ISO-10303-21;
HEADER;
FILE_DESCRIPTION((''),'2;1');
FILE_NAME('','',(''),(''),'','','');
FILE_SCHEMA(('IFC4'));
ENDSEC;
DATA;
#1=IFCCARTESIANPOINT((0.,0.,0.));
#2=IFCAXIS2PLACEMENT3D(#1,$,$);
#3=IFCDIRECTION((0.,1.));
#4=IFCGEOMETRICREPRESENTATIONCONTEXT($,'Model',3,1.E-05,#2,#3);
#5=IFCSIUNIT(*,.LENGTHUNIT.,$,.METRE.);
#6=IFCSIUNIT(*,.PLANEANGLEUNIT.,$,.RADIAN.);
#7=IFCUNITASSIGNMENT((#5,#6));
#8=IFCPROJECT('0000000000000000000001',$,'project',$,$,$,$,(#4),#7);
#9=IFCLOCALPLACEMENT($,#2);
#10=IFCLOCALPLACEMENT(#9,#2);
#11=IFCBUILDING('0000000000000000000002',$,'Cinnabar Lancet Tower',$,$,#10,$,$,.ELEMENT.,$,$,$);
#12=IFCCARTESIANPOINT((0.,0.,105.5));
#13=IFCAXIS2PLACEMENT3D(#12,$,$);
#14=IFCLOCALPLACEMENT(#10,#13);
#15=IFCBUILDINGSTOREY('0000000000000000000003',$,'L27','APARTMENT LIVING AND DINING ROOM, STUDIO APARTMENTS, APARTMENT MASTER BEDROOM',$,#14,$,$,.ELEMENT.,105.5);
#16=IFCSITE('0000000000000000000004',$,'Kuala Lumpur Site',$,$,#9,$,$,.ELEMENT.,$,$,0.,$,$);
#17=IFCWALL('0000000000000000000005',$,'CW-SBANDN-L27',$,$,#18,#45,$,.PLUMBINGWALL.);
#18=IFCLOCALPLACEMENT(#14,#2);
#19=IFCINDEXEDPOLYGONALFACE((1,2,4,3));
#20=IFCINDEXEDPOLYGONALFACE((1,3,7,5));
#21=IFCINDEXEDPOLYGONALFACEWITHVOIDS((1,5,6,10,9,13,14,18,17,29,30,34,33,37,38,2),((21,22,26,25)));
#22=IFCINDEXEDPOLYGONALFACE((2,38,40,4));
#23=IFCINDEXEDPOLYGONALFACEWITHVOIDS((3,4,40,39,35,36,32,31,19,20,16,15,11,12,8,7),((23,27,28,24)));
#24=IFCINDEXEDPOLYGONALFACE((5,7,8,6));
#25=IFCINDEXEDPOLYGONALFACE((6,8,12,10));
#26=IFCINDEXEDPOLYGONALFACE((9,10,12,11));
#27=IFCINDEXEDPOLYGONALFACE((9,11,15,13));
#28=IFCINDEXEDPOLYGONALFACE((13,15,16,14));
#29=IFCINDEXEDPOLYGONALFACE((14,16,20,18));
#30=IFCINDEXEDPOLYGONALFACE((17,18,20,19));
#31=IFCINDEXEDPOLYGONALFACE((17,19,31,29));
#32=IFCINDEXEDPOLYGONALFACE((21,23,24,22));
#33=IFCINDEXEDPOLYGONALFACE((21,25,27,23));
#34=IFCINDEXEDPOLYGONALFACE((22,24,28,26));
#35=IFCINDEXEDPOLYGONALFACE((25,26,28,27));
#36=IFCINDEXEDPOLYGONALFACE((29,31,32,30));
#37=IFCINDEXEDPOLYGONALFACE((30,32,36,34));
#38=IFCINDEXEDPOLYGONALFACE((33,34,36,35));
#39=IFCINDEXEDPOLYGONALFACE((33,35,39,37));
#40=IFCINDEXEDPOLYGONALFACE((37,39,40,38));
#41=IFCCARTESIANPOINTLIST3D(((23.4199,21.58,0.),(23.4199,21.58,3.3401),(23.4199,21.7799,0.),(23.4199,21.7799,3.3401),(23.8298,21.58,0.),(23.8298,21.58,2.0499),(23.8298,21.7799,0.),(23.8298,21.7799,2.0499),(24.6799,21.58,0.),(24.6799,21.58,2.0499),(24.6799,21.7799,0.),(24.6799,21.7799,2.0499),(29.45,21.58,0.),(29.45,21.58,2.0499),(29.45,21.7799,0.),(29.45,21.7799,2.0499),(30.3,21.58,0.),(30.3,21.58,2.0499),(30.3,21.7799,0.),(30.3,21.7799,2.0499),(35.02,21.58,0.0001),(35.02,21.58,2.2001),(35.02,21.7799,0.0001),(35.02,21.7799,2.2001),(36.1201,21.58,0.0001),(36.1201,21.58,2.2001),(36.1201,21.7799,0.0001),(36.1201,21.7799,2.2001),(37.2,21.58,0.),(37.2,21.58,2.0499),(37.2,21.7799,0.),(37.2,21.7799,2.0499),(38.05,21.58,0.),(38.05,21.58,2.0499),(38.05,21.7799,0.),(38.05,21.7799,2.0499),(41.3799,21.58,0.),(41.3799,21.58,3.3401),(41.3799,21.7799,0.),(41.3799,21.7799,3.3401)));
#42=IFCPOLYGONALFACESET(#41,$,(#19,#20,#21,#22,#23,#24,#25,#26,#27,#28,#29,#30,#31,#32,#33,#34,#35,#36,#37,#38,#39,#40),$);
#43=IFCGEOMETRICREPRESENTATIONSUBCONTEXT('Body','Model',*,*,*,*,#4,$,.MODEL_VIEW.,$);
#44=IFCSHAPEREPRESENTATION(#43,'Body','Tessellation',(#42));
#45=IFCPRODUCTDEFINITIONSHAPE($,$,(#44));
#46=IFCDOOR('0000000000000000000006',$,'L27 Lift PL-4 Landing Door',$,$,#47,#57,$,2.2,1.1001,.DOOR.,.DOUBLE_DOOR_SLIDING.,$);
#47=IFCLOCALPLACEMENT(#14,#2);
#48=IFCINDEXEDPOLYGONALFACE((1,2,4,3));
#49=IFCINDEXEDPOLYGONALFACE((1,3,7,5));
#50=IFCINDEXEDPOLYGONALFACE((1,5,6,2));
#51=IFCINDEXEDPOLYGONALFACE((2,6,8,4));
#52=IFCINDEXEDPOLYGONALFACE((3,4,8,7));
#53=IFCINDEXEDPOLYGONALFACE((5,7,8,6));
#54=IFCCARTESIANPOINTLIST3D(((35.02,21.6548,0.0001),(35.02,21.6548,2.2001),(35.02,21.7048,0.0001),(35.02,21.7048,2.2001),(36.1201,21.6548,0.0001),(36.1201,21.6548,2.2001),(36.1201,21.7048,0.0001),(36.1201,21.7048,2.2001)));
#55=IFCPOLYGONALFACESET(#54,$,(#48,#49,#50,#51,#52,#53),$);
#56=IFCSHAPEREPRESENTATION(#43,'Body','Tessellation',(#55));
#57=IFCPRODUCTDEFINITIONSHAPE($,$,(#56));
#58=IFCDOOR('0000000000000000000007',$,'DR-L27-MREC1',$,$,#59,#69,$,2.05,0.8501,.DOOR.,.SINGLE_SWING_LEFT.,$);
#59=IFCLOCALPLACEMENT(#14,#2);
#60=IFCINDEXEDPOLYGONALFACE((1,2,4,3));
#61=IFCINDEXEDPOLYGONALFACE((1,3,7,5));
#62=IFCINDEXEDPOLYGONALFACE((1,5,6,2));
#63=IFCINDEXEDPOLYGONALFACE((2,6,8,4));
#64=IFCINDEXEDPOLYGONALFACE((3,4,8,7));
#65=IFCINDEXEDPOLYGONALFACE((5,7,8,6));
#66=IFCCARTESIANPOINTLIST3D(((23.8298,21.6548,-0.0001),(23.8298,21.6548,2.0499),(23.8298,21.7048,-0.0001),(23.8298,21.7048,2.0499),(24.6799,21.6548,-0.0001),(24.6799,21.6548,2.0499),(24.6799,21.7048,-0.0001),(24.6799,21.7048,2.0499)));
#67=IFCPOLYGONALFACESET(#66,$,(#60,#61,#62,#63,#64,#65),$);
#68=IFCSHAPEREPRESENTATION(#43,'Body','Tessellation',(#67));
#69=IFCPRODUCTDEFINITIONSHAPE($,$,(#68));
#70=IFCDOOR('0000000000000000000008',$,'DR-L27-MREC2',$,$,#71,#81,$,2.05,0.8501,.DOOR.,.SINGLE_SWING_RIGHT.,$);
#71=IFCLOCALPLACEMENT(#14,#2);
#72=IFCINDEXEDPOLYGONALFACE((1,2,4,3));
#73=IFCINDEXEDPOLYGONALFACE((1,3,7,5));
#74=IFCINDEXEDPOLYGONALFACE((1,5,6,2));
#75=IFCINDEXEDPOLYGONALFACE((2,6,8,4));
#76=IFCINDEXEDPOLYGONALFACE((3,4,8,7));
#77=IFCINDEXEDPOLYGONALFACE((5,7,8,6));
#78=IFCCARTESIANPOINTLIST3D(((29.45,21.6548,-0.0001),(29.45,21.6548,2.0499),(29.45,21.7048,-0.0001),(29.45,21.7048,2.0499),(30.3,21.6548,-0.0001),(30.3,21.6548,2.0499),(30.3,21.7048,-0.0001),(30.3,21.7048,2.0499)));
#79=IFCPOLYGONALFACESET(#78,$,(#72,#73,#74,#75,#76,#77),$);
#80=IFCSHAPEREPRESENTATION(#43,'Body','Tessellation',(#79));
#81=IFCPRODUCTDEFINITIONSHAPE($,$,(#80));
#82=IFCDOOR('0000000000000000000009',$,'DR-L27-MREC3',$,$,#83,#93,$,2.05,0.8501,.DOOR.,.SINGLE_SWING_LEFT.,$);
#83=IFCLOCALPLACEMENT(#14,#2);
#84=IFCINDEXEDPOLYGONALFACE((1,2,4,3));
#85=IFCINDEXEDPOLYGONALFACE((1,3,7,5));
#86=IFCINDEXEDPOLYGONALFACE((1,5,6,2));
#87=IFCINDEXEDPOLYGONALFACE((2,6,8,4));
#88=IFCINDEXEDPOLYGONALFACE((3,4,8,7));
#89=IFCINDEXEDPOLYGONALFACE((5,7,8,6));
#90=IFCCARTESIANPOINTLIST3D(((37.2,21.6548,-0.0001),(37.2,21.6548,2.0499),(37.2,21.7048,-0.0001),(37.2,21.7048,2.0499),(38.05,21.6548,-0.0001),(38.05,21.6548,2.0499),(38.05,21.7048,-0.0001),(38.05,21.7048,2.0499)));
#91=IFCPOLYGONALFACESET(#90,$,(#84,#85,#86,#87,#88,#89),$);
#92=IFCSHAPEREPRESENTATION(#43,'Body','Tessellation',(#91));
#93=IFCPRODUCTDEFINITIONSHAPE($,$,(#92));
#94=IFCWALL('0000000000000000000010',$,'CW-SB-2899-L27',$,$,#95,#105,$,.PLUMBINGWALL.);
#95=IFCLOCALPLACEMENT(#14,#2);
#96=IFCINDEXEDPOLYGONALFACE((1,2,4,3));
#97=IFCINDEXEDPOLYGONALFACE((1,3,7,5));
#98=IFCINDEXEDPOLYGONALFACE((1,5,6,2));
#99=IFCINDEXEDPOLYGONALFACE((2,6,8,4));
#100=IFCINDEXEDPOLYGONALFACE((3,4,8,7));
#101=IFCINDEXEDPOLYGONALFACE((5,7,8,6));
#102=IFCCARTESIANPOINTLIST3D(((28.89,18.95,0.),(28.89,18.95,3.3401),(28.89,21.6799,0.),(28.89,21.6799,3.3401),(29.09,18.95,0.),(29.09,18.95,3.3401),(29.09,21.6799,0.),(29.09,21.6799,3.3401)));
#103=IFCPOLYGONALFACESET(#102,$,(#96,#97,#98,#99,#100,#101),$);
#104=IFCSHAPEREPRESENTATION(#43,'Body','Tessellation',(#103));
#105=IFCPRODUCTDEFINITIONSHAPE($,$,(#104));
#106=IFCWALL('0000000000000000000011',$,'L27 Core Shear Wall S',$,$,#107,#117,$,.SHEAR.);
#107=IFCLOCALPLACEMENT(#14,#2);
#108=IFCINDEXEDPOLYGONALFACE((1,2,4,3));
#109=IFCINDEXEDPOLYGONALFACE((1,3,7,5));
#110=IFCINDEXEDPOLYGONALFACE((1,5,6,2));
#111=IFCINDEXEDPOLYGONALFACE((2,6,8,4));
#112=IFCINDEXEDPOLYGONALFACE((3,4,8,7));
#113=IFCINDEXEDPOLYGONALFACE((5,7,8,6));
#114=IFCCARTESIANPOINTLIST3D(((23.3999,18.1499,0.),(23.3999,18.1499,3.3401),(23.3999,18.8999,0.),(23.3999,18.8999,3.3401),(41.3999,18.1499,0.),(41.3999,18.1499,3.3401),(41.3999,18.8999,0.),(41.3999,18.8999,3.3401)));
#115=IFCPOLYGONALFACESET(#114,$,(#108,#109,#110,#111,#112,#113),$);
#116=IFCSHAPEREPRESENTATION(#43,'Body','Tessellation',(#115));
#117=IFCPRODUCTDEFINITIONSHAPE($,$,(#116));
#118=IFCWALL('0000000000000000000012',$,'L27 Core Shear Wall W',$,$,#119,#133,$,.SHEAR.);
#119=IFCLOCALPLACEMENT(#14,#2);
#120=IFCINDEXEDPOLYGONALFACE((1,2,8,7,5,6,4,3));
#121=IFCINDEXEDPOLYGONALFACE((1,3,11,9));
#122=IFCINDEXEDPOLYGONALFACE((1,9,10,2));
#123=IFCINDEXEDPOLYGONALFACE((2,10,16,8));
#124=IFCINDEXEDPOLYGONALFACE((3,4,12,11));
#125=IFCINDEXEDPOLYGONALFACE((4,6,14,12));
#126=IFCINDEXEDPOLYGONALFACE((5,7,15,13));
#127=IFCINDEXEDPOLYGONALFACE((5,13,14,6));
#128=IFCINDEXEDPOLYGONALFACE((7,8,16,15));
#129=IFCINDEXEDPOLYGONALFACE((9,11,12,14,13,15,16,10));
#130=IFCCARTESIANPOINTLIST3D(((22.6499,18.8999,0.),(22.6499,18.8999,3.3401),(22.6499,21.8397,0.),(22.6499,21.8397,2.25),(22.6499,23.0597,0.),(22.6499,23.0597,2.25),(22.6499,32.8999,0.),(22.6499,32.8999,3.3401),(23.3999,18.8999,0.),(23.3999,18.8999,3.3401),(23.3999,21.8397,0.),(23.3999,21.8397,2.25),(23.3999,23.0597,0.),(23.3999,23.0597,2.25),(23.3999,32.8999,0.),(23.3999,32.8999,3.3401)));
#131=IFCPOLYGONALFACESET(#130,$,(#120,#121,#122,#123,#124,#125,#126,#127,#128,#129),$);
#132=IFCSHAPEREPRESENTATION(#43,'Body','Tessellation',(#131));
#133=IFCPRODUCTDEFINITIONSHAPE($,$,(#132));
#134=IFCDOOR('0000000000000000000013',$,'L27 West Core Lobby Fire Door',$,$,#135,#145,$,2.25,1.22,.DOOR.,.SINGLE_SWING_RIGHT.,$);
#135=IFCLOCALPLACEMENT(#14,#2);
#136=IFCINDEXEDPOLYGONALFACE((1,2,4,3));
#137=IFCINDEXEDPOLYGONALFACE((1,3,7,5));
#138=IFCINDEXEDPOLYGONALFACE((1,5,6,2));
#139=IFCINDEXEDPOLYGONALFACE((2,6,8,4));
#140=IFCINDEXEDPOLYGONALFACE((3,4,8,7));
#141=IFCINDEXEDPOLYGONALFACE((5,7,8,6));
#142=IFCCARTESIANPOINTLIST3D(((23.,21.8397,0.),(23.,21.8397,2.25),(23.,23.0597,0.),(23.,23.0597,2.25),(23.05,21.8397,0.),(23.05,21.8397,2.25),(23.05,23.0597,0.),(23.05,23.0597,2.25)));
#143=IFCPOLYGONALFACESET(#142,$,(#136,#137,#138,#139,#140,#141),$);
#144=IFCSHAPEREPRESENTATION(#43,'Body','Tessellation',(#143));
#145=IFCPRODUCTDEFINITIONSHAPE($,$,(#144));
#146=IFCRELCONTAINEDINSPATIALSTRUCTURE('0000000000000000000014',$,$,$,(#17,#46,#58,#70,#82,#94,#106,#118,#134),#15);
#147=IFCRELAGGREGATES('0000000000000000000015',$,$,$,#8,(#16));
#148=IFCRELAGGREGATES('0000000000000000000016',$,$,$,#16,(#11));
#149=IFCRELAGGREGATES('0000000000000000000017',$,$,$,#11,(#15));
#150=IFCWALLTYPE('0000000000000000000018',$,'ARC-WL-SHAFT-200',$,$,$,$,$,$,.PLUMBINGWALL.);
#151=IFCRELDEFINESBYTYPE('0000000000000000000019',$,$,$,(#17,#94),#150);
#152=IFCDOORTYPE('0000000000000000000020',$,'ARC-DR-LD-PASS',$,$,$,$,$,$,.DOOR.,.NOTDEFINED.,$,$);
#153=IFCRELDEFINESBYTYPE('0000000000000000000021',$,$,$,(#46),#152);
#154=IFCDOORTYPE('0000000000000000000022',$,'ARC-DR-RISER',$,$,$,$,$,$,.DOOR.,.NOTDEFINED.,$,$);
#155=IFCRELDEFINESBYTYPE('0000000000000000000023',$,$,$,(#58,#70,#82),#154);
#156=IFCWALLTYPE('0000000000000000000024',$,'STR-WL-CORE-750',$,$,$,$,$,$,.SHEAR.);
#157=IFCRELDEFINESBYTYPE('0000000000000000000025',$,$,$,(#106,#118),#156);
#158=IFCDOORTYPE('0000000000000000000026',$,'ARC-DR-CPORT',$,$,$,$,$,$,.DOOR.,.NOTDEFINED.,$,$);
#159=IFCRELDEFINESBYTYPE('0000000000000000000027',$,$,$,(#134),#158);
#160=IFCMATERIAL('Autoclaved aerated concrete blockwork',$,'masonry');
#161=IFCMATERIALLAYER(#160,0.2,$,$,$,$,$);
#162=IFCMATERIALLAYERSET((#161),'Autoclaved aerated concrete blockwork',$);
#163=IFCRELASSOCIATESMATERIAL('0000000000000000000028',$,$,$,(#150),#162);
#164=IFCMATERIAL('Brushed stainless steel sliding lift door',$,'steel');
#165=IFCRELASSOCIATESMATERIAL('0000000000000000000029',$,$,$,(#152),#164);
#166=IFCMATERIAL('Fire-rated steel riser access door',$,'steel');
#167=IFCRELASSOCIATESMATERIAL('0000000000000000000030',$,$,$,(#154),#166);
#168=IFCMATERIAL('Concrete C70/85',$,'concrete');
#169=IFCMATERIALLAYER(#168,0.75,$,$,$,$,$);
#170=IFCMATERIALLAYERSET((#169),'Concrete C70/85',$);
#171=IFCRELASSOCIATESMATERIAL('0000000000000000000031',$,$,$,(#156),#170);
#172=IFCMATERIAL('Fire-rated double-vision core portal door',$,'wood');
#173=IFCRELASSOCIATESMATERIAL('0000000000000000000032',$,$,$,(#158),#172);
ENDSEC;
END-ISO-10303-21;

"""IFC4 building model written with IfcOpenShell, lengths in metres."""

from ifc_helpers import new_model, si_unit, direction, frame, frame_2d, origin, place, context, subcontext, project, spatial, rectangle, extrude, material, layer, layer_set, type_object, element, fill, save


model = new_model("IFC4")

# Units and contexts
model_context = context("Model", 3, precision=1e-05, world=origin(), true_north=direction((0.0, 1.0)))
body_context = subcontext(model_context, "Body", "Model", "MODEL_VIEW")
ifc_project = project(units=[si_unit("LENGTHUNIT", "METRE"), si_unit("PLANEANGLEUNIT", "RADIAN")], contexts=[model_context])

# Site, building, storey
site_placement = place(None, origin())
site = spatial("IfcSite", under=ifc_project, at=site_placement, Name="Kuala Lumpur Site", CompositionType="ELEMENT", RefElevation=0.0)
building_placement = place(site_placement, origin())
building = spatial("IfcBuilding", under=site, at=building_placement, Name="Cinnabar Lancet Tower", CompositionType="ELEMENT")
storey_placement = place(building_placement, frame((0.0, 0.0, 105.5)))
storey = spatial("IfcBuildingStorey", under=building, at=storey_placement, Name="L27", Description="APARTMENT LIVING AND DINING ROOM, STUDIO APARTMENTS, APARTMENT MASTER BEDROOM", CompositionType="ELEMENT", Elevation=105.5)

# Shared definitions
ifc_material_1 = material(Name="Autoclaved aerated concrete blockwork", Category="masonry")
ifc_layer_1 = layer(ifc_material_1, 0.2)
ifc_layer_set_1 = layer_set([ifc_layer_1], Name="Autoclaved aerated concrete blockwork")
wall_type_1 = type_object("IfcWallType", Name="ARC-WL-SHAFT-200", PredefinedType="PLUMBINGWALL", material=ifc_layer_set_1)

# Shared definitions
ifc_material_2 = material(Name="Brushed stainless steel sliding lift door", Category="steel")
door_type_1 = type_object("IfcDoorType", Name="ARC-DR-LD-PASS", OperationType="NOTDEFINED", PredefinedType="DOOR", material=ifc_material_2)

# Wall, openings, doors
wall_1_placement = place(storey_placement, frame((23.4199, 21.6799, 0.0), z_axis=(0.0, 0.0, 1.0), x_axis=(1.0, 0.0, 0.0)))
wall_1 = element("IfcWall", 1, at=wall_1_placement, inside=storey, type_object=wall_type_1, Name="CW-SBANDN-L27", PredefinedType="PLUMBINGWALL", context=body_context, shape_type="SweptSolid", body=[
    extrude(rectangle(XDim=17.96, YDim=0.2, at=frame_2d((8.98, 0.0))), origin(), (0.0, 0.0, 1.0), 3.3401),
])
opening_1_placement = place(wall_1_placement, frame((11.6001, 0.0, 0.0)))
opening_1 = element("IfcOpeningElement", 2, at=opening_1_placement, cuts=wall_1, PredefinedType="OPENING", context=body_context, shape_type="SweptSolid", body=[
    extrude(rectangle(XDim=1.1001, YDim=2.2, at=frame_2d((0.55, 1.1001))), frame((0.0, 0.1099, 0.0), z_axis=(0.0, -1.0, 0.0), x_axis=(1.0, 0.0, 0.0)), (0.0, 0.0, 1.0), 0.22),
])
opening_2_placement = place(wall_1_placement, frame((0.4099, 0.0, 0.0)))
opening_2 = element("IfcOpeningElement", 3, at=opening_2_placement, cuts=wall_1, PredefinedType="OPENING", context=body_context, shape_type="SweptSolid", body=[
    extrude(rectangle(XDim=0.8501, YDim=2.05, at=frame_2d((0.425, 1.0249))), frame((0.0, 0.1099, 0.0), z_axis=(0.0, -1.0, 0.0), x_axis=(1.0, 0.0, 0.0)), (0.0, 0.0, 1.0), 0.22),
])
opening_3_placement = place(wall_1_placement, frame((6.03, 0.0, 0.0)))
opening_3 = element("IfcOpeningElement", 4, at=opening_3_placement, cuts=wall_1, PredefinedType="OPENING", context=body_context, shape_type="SweptSolid", body=[
    extrude(rectangle(XDim=0.8501, YDim=2.05, at=frame_2d((0.425, 1.0249))), frame((0.0, 0.1099, 0.0), z_axis=(0.0, -1.0, 0.0), x_axis=(1.0, 0.0, 0.0)), (0.0, 0.0, 1.0), 0.22),
])
opening_4_placement = place(wall_1_placement, frame((13.78, 0.0, 0.0)))
opening_4 = element("IfcOpeningElement", 5, at=opening_4_placement, cuts=wall_1, PredefinedType="OPENING", context=body_context, shape_type="SweptSolid", body=[
    extrude(rectangle(XDim=0.8501, YDim=2.05, at=frame_2d((0.425, 1.0249))), frame((0.0, 0.1099, 0.0), z_axis=(0.0, -1.0, 0.0), x_axis=(1.0, 0.0, 0.0)), (0.0, 0.0, 1.0), 0.22),
])
door_1_placement = place(opening_1_placement, origin())
door_1 = element("IfcDoor", 6, at=door_1_placement, inside=storey, type_object=door_type_1, Name="L27 Lift PL-4 Landing Door", OperationType="DOUBLE_DOOR_SLIDING", OverallHeight=2.2, OverallWidth=1.1001, PredefinedType="DOOR", context=body_context, shape_type="SweptSolid", body=[
    extrude(rectangle(XDim=1.1001, YDim=2.2, at=frame_2d((0.55, 1.1001))), frame((0.0, 0.0249, 0.0), z_axis=(0.0, -1.0, 0.0), x_axis=(1.0, 0.0, 0.0)), (0.0, 0.0, 1.0), 0.05),
])
fill(opening_1, door_1)
ifc_material_3 = material(Name="Fire-rated steel riser access door", Category="steel")
door_type_2 = type_object("IfcDoorType", Name="ARC-DR-RISER", OperationType="NOTDEFINED", PredefinedType="DOOR", material=ifc_material_3)
door_2_placement = place(opening_2_placement, origin())
door_2 = element("IfcDoor", 7, at=door_2_placement, inside=storey, type_object=door_type_2, Name="DR-L27-MREC1", OperationType="SINGLE_SWING_LEFT", OverallHeight=2.05, OverallWidth=0.8501, PredefinedType="DOOR", context=body_context, shape_type="SweptSolid", body=[
    extrude(rectangle(XDim=0.8501, YDim=2.05, at=frame_2d((0.425, 1.0249))), frame((0.0, 0.0249, 0.0), z_axis=(0.0, -1.0, 0.0), x_axis=(1.0, 0.0, 0.0)), (0.0, 0.0, 1.0), 0.05),
])
fill(opening_2, door_2)
door_3_placement = place(opening_3_placement, origin())
door_3 = element("IfcDoor", 8, at=door_3_placement, inside=storey, type_object=door_type_2, Name="DR-L27-MREC2", OperationType="SINGLE_SWING_RIGHT", OverallHeight=2.05, OverallWidth=0.8501, PredefinedType="DOOR", context=body_context, shape_type="SweptSolid", body=[
    extrude(rectangle(XDim=0.8501, YDim=2.05, at=frame_2d((0.425, 1.0249))), frame((0.0, 0.0249, 0.0), z_axis=(0.0, -1.0, 0.0), x_axis=(1.0, 0.0, 0.0)), (0.0, 0.0, 1.0), 0.05),
])
fill(opening_3, door_3)
door_4_placement = place(opening_4_placement, origin())
door_4 = element("IfcDoor", 9, at=door_4_placement, inside=storey, type_object=door_type_2, Name="DR-L27-MREC3", OperationType="SINGLE_SWING_LEFT", OverallHeight=2.05, OverallWidth=0.8501, PredefinedType="DOOR", context=body_context, shape_type="SweptSolid", body=[
    extrude(rectangle(XDim=0.8501, YDim=2.05, at=frame_2d((0.425, 1.0249))), frame((0.0, 0.0249, 0.0), z_axis=(0.0, -1.0, 0.0), x_axis=(1.0, 0.0, 0.0)), (0.0, 0.0, 1.0), 0.05),
])
fill(opening_4, door_4)

# Walls
wall_2_placement = place(storey_placement, frame((28.99, 18.95, 0.0), z_axis=(0.0, 0.0, 1.0), x_axis=(0.0, 1.0, 0.0)))
element("IfcWall", 10, at=wall_2_placement, inside=storey, type_object=wall_type_1, Name="CW-SB-2899-L27", PredefinedType="PLUMBINGWALL", context=body_context, shape_type="SweptSolid", body=[
    extrude(rectangle(XDim=2.73, YDim=0.2, at=frame_2d((1.365, 0.0))), origin(), (0.0, 0.0, 1.0), 3.3401),
])
ifc_material_4 = material(Name="Concrete C70/85", Category="concrete")
ifc_layer_2 = layer(ifc_material_4, 0.75)
ifc_layer_set_2 = layer_set([ifc_layer_2], Name="Concrete C70/85")
wall_type_2 = type_object("IfcWallType", Name="STR-WL-CORE-750", PredefinedType="SHEAR", material=ifc_layer_set_2)
wall_3_placement = place(storey_placement, frame((23.3999, 18.5249, 0.0), z_axis=(0.0, 0.0, 1.0), x_axis=(1.0, 0.0, 0.0)))
element("IfcWall", 11, at=wall_3_placement, inside=storey, type_object=wall_type_2, Name="L27 Core Shear Wall S", PredefinedType="SHEAR", context=body_context, shape_type="SweptSolid", body=[
    extrude(rectangle(XDim=18.0, YDim=0.75, at=frame_2d((9.0, 0.0))), origin(), (0.0, 0.0, 1.0), 3.3401),
])

# Wall, opening, door
wall_4_placement = place(storey_placement, frame((23.0249, 18.8999, 0.0), z_axis=(0.0, 0.0, 1.0), x_axis=(0.0, 1.0, 0.0)))
wall_4 = element("IfcWall", 12, at=wall_4_placement, inside=storey, type_object=wall_type_2, Name="L27 Core Shear Wall W", PredefinedType="SHEAR", context=body_context, shape_type="SweptSolid", body=[
    extrude(rectangle(XDim=14.0, YDim=0.75, at=frame_2d((7.0, 0.0))), origin(), (0.0, 0.0, 1.0), 3.3401),
])
opening_5_placement = place(wall_4_placement, frame((2.9399, 0.0, 0.0)))
opening_5 = element("IfcOpeningElement", 13, at=opening_5_placement, cuts=wall_4, PredefinedType="OPENING", context=body_context, shape_type="SweptSolid", body=[
    extrude(rectangle(XDim=1.22, YDim=2.25, at=frame_2d((0.6099, 1.125))), frame((0.0, 0.385, 0.0), z_axis=(0.0, -1.0, 0.0), x_axis=(1.0, 0.0, 0.0)), (0.0, 0.0, 1.0), 0.77),
])
ifc_material_5 = material(Name="Fire-rated double-vision core portal door", Category="wood")
door_type_3 = type_object("IfcDoorType", Name="ARC-DR-CPORT", OperationType="NOTDEFINED", PredefinedType="DOOR", material=ifc_material_5)
door_5_placement = place(opening_5_placement, origin())
door_5 = element("IfcDoor", 14, at=door_5_placement, inside=storey, type_object=door_type_3, Name="L27 West Core Lobby Fire Door", OperationType="SINGLE_SWING_RIGHT", OverallHeight=2.25, OverallWidth=1.22, PredefinedType="DOOR", context=body_context, shape_type="SweptSolid", body=[
    extrude(rectangle(XDim=1.22, YDim=2.25, at=frame_2d((0.6099, 1.125))), frame((0.0, 0.0249, 0.0), z_axis=(0.0, -1.0, 0.0), x_axis=(1.0, 0.0, 0.0)), (0.0, 0.0, 1.0), 0.05),
])
fill(opening_5, door_5)

save(model, "model.ifc")
